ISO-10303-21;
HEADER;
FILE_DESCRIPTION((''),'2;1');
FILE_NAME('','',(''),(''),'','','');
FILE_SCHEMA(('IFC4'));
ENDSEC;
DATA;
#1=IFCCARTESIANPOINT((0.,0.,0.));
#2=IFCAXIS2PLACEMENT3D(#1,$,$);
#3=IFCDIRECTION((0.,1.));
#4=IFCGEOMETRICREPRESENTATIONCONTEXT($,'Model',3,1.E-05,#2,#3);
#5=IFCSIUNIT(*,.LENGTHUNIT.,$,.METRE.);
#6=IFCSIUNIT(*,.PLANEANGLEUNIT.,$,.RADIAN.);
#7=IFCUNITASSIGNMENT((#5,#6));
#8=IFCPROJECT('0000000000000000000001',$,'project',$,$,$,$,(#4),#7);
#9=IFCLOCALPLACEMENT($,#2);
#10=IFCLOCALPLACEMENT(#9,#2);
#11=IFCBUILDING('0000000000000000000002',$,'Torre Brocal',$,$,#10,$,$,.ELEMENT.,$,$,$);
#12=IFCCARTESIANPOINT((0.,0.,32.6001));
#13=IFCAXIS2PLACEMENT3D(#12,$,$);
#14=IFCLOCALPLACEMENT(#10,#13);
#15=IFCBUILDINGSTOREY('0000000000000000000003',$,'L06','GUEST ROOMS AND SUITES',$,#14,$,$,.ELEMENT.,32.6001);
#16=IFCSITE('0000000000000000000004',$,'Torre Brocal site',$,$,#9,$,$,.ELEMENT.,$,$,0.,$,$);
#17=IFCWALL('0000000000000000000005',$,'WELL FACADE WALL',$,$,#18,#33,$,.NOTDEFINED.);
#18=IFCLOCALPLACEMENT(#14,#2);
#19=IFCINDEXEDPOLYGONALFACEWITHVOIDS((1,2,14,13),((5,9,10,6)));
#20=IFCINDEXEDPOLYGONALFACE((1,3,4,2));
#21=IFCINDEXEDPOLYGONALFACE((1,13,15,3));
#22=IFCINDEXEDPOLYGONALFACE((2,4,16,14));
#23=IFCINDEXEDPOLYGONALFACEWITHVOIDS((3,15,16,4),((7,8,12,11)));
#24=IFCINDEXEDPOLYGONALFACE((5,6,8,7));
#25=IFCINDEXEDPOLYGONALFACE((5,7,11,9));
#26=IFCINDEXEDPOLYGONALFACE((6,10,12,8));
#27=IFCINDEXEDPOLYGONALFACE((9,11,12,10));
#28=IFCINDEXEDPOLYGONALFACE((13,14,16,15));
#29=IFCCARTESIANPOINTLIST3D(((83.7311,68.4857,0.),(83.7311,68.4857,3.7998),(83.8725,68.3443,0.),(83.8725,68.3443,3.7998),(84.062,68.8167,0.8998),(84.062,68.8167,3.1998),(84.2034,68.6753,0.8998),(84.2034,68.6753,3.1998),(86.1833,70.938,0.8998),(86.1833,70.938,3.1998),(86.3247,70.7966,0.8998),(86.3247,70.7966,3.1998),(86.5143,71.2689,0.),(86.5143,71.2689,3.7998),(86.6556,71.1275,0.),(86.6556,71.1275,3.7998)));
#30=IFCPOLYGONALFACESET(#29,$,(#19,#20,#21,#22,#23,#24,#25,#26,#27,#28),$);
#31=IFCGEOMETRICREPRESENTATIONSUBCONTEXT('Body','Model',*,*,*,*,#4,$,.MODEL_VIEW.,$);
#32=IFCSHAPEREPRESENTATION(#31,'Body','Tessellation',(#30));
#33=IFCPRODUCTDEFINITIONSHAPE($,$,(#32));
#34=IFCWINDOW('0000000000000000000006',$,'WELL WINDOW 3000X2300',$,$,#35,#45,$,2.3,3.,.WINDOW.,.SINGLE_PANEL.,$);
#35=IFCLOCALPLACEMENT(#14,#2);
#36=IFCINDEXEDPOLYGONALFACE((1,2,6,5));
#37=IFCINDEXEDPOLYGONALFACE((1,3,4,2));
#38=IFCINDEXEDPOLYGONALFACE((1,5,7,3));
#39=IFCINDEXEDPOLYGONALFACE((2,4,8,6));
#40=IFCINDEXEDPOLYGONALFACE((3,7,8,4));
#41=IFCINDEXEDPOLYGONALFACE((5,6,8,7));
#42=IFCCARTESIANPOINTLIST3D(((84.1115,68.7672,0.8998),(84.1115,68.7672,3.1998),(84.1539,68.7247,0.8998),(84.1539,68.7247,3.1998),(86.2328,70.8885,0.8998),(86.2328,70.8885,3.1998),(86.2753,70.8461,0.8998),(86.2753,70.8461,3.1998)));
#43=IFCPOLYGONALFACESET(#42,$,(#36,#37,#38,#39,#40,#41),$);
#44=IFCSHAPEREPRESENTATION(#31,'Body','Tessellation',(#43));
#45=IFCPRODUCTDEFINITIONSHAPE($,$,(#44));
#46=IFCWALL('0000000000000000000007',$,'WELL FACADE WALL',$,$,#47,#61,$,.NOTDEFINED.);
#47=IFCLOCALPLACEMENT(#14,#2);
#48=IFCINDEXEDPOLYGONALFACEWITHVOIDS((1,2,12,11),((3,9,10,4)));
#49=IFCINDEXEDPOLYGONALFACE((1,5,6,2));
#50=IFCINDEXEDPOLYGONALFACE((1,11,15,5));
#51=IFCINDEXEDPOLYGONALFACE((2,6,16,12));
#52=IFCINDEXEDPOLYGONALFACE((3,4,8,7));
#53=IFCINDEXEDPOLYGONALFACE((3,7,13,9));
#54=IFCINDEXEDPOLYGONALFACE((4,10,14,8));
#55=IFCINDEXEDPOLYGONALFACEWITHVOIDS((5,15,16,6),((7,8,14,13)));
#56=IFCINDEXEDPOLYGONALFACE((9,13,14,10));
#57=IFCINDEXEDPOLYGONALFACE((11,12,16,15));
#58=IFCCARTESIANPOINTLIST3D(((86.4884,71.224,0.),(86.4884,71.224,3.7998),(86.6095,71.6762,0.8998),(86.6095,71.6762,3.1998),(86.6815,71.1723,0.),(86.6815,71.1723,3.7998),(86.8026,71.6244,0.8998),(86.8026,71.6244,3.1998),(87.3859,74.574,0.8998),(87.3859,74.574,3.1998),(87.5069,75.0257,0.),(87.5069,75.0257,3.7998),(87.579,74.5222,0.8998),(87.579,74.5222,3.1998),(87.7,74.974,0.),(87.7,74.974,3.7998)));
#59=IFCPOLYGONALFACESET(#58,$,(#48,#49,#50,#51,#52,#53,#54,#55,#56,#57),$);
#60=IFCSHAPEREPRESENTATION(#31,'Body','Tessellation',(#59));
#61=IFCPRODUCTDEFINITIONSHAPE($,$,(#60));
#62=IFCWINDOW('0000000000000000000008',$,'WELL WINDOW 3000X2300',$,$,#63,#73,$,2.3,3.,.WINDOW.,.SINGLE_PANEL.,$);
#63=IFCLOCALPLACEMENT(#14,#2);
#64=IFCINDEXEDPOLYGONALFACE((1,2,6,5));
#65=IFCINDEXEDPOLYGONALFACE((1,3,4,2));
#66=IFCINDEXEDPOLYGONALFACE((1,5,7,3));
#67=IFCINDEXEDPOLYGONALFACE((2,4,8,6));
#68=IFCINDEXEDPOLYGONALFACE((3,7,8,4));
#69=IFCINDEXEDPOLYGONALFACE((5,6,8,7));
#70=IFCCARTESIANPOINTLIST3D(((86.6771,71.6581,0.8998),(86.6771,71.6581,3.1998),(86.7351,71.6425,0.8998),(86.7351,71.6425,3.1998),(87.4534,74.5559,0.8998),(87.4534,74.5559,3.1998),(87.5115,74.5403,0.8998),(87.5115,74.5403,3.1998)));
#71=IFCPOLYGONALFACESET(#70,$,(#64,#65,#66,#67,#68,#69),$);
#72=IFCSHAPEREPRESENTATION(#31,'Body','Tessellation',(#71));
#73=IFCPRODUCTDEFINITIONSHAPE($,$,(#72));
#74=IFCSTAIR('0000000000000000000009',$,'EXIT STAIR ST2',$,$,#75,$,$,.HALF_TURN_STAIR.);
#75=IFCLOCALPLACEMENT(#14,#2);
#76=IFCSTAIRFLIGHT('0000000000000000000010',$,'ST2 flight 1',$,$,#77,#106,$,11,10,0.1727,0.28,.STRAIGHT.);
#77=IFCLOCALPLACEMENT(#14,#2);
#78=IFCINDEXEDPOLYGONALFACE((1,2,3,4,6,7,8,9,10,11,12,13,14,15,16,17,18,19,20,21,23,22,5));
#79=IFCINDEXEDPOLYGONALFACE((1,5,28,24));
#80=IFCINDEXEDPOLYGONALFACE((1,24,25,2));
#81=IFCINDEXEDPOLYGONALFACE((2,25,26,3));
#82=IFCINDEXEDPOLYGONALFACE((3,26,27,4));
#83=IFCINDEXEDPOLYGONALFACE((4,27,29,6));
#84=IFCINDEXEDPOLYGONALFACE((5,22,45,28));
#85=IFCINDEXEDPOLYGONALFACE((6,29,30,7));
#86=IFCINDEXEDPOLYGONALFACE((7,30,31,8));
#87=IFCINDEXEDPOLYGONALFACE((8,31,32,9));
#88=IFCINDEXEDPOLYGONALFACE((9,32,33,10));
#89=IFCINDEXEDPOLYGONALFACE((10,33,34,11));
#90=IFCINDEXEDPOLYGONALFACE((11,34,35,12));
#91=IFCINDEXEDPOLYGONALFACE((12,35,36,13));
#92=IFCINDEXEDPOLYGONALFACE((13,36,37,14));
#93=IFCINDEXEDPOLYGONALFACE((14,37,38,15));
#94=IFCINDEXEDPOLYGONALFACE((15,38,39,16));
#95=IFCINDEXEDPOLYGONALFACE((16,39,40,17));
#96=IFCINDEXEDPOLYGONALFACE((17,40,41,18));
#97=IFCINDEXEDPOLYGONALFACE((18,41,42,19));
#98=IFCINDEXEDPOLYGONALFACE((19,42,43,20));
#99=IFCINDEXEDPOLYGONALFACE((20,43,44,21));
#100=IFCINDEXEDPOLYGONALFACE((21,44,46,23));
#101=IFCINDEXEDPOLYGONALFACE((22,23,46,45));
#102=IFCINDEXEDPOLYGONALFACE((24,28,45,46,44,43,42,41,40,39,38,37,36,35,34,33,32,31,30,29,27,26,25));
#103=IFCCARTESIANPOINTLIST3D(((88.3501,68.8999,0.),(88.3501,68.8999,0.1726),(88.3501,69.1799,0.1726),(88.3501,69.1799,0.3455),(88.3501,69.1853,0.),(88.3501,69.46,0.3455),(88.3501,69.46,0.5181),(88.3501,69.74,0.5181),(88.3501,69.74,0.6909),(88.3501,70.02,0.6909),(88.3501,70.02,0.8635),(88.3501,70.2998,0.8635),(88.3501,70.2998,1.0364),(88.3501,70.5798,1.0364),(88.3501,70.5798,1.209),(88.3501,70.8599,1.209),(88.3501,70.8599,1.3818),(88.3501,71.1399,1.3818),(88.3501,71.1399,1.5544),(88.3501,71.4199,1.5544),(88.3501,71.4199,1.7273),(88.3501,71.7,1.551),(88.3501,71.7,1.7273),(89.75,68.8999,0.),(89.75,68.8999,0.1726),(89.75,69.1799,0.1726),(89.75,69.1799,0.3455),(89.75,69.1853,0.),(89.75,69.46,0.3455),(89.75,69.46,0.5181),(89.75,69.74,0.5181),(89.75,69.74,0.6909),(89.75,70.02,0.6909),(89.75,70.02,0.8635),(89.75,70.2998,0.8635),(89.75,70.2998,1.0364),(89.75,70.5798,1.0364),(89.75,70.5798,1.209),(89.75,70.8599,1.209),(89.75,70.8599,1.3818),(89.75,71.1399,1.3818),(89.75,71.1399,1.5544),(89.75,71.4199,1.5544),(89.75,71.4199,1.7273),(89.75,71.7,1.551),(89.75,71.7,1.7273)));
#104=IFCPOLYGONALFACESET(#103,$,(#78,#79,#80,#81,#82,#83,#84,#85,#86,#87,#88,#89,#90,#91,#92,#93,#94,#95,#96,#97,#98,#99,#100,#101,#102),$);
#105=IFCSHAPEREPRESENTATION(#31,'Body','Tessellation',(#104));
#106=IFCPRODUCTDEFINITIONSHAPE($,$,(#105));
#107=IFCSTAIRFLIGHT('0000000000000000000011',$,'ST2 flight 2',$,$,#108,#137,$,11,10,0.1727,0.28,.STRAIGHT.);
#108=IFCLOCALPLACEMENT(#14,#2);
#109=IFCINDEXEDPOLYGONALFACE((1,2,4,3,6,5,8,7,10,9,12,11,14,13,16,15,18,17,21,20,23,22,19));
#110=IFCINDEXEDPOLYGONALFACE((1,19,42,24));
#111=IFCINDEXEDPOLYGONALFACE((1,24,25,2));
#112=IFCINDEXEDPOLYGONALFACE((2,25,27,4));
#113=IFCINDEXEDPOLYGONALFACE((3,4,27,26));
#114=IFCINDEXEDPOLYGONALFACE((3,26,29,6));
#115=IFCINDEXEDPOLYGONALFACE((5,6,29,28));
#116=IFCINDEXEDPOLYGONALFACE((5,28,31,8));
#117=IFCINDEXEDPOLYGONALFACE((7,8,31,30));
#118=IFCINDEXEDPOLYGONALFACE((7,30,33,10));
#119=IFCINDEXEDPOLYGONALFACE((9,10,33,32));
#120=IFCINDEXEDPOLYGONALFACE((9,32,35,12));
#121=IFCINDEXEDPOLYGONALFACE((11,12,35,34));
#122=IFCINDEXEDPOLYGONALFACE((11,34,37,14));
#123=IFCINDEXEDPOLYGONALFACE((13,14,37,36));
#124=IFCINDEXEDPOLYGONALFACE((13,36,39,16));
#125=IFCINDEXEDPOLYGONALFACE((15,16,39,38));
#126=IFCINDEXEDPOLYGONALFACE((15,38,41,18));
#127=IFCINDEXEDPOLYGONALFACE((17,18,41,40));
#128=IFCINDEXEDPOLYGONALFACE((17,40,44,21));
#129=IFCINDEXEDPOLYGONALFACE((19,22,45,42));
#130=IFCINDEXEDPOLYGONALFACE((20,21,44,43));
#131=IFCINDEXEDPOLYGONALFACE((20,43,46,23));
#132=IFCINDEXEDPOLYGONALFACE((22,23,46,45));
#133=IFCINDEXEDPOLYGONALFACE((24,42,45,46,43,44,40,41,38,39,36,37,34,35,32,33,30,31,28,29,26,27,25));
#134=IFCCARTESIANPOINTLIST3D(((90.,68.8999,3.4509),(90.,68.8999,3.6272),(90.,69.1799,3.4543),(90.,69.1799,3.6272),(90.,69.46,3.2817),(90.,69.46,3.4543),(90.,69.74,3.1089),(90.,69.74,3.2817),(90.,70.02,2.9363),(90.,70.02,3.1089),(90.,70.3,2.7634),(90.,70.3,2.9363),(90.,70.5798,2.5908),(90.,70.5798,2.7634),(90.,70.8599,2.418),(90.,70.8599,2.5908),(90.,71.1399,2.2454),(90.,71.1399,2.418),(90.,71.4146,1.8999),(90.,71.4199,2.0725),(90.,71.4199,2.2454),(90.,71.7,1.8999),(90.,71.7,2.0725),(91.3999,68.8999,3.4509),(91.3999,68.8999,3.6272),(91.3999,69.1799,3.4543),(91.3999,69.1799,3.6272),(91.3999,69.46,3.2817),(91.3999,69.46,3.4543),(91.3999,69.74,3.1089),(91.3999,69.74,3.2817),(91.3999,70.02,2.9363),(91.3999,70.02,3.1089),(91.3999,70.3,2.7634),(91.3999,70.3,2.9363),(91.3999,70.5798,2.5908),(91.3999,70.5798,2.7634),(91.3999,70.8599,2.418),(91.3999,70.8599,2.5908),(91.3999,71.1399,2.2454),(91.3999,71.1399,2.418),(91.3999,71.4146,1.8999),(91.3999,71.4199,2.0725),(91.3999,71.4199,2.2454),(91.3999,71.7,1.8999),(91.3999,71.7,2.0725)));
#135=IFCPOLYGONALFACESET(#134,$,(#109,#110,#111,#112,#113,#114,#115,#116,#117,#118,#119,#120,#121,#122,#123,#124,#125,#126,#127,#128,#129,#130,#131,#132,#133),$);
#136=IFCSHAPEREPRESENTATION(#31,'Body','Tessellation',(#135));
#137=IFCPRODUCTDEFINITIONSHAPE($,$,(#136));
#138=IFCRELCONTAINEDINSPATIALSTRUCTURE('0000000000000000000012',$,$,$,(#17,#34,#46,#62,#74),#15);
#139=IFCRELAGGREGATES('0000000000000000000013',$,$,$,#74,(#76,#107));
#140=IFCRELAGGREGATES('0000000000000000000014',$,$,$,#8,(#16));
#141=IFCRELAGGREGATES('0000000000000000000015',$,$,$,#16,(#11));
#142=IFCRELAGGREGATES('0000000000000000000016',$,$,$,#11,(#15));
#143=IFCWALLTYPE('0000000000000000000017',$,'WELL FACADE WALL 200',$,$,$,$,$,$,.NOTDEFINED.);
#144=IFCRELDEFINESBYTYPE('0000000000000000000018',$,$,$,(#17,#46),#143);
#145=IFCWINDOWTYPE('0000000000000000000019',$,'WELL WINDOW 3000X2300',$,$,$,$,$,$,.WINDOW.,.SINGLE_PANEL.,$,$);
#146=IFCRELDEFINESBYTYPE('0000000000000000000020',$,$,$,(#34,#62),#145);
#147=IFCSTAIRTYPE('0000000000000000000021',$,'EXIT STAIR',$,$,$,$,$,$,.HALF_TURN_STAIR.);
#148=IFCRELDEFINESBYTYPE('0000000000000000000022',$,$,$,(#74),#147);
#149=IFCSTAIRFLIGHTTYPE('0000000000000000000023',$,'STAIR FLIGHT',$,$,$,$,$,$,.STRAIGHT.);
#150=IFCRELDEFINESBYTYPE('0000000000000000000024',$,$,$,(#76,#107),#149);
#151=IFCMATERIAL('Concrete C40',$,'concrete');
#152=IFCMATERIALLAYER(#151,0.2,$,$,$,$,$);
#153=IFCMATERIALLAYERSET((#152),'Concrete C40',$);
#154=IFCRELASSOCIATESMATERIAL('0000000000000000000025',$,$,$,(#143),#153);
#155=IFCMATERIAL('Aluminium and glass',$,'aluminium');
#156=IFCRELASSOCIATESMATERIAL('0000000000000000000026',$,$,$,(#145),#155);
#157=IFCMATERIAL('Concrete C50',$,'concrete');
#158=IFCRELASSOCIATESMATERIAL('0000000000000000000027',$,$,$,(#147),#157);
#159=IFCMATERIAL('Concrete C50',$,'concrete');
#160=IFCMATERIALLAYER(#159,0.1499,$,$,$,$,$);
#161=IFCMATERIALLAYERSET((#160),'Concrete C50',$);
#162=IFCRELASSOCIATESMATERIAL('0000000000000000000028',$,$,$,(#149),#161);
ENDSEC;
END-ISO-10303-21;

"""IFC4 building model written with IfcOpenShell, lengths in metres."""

from ifc_helpers import new_model, si_unit, direction, frame, frame_2d, origin, place, context, subcontext, project, spatial, polyline, rectangle, outline, extrude, material, layer, layer_set, type_object, element, fill, aggregate, save


model = new_model("IFC4")

# Units and contexts
model_context = context("Model", 3, precision=1e-05, world=origin(), true_north=direction((0.0, 1.0)))
body_context = subcontext(model_context, "Body", "Model", "MODEL_VIEW")
ifc_project = project(units=[si_unit("LENGTHUNIT", "METRE"), si_unit("PLANEANGLEUNIT", "RADIAN")], contexts=[model_context])

# Site, building, storey
site_placement = place(None, origin())
site = spatial("IfcSite", under=ifc_project, at=site_placement, Name="Torre Brocal site", CompositionType="ELEMENT", RefElevation=0.0)
building_placement = place(site_placement, origin())
building = spatial("IfcBuilding", under=site, at=building_placement, Name="Torre Brocal", CompositionType="ELEMENT")
storey_placement = place(building_placement, frame((0.0, 0.0, 32.6001)))
storey = spatial("IfcBuildingStorey", under=building, at=storey_placement, Name="L06", Description="GUEST ROOMS AND SUITES", CompositionType="ELEMENT", Elevation=32.6001)

# Walls, openings, windows
ifc_material_1 = material(Name="Concrete C40", Category="concrete")
ifc_layer_1 = layer(ifc_material_1, 0.2)
ifc_layer_set_1 = layer_set([ifc_layer_1], Name="Concrete C40")
wall_type_1 = type_object("IfcWallType", Name="WELL FACADE WALL 200", PredefinedType="NOTDEFINED", material=ifc_layer_set_1)
ifc_material_2 = material(Name="Aluminium and glass", Category="aluminium")
window_type = type_object("IfcWindowType", Name="WELL WINDOW 3000X2300", PartitioningType="SINGLE_PANEL", PredefinedType="WINDOW", material=ifc_material_2)
wall_1_placement = place(storey_placement, frame((83.8018, 68.415, 0.0), z_axis=(0.0, 0.0, 1.0), x_axis=(0.707107, 0.707107, 0.0)))
wall_1 = element("IfcWall", 1, at=wall_1_placement, inside=storey, type_object=wall_type_1, Name="WELL FACADE WALL", PredefinedType="NOTDEFINED", context=body_context, shape_type="SweptSolid", body=[
    extrude(rectangle(XDim=3.936, YDim=0.2, at=frame_2d((1.968, 0.0))), origin(), (0.0, 0.0, 1.0), 3.7998),
])
opening_1_placement = place(wall_1_placement, frame((0.468, 0.0, 0.8999)))
opening_1 = element("IfcOpeningElement", 2, at=opening_1_placement, cuts=wall_1, PredefinedType="OPENING", context=body_context, shape_type="SweptSolid", body=[
    extrude(rectangle(XDim=3.0, YDim=2.3, at=frame_2d((1.5, 1.1499))), frame((0.0, 0.1099, 0.0), z_axis=(0.0, -1.0, 0.0), x_axis=(1.0, 0.0, 0.0)), (0.0, 0.0, 1.0), 0.22),
])
window_1_placement = place(opening_1_placement, origin())
window_1 = element("IfcWindow", 3, at=window_1_placement, inside=storey, type_object=window_type, Name="WELL WINDOW 3000X2300", OverallHeight=2.3, OverallWidth=3.0, PartitioningType="SINGLE_PANEL", PredefinedType="WINDOW", context=body_context, shape_type="SweptSolid", body=[
    extrude(rectangle(XDim=3.0, YDim=2.3, at=frame_2d((1.5, 1.1499))), frame((0.0, 0.03, 0.0), z_axis=(0.0, -1.0, 0.0), x_axis=(1.0, 0.0, 0.0)), (0.0, 0.0, 1.0), 0.0601),
])
fill(opening_1, window_1)
wall_2_placement = place(storey_placement, frame((86.585, 71.1982, 0.0), z_axis=(0.0, 0.0, 1.0), x_axis=(0.25879, 0.965934, 0.0)))
wall_2 = element("IfcWall", 4, at=wall_2_placement, inside=storey, type_object=wall_type_1, Name="WELL FACADE WALL", PredefinedType="NOTDEFINED", context=body_context, shape_type="SweptSolid", body=[
    extrude(rectangle(XDim=3.9358, YDim=0.2, at=frame_2d((1.9678, 0.0))), origin(), (0.0, 0.0, 1.0), 3.7998),
])
opening_2_placement = place(wall_2_placement, frame((0.468, 0.0, 0.8999)))
opening_2 = element("IfcOpeningElement", 5, at=opening_2_placement, cuts=wall_2, PredefinedType="OPENING", context=body_context, shape_type="SweptSolid", body=[
    extrude(rectangle(XDim=3.0, YDim=2.3, at=frame_2d((1.5, 1.1499))), frame((0.0, 0.1099, 0.0), z_axis=(0.0, -1.0, 0.0), x_axis=(1.0, 0.0, 0.0)), (0.0, 0.0, 1.0), 0.22),
])
window_2_placement = place(opening_2_placement, origin())
window_2 = element("IfcWindow", 6, at=window_2_placement, inside=storey, type_object=window_type, Name="WELL WINDOW 3000X2300", OverallHeight=2.3, OverallWidth=3.0, PartitioningType="SINGLE_PANEL", PredefinedType="WINDOW", context=body_context, shape_type="SweptSolid", body=[
    extrude(rectangle(XDim=3.0, YDim=2.3, at=frame_2d((1.5, 1.1499))), frame((0.0, 0.03, 0.0), z_axis=(0.0, -1.0, 0.0), x_axis=(1.0, 0.0, 0.0)), (0.0, 0.0, 1.0), 0.0601),
])
fill(opening_2, window_2)

# Stair, stair flights
ifc_material_3 = material(Name="Concrete C50", Category="concrete")
stair_type = type_object("IfcStairType", Name="EXIT STAIR", PredefinedType="HALF_TURN_STAIR", material=ifc_material_3)
stair_placement = place(storey_placement, origin())
stair = element("IfcStair", 7, at=stair_placement, inside=storey, type_object=stair_type, Name="EXIT STAIR ST2", PredefinedType="HALF_TURN_STAIR")
ifc_material_4 = material(Name="Concrete C50", Category="concrete")
ifc_layer_2 = layer(ifc_material_4, 0.1499)
ifc_layer_set_2 = layer_set([ifc_layer_2], Name="Concrete C50")
stair_flight_type = type_object("IfcStairFlightType", Name="STAIR FLIGHT", PredefinedType="STRAIGHT", material=ifc_layer_set_2)
stair_flight_1_placement = place(storey_placement, frame((89.05, 68.8999, 0.0), z_axis=(0.0, 0.0, 1.0), x_axis=(0.0, 1.0, 0.0)))
stair_flight_1 = element("IfcStairFlight", 8, at=stair_flight_1_placement, type_object=stair_flight_type, Name="ST2 flight 1", NumberOfRisers=11, NumberOfTreads=10, PredefinedType="STRAIGHT", RiserHeight=0.1727, TreadLength=0.28, context=body_context, shape_type="SweptSolid", body=[
    extrude(outline(polyline([(0.0, 0.0), (0.0, 0.1726), (0.28, 0.1726), (0.28, 0.3455), (0.5601, 0.3455), (0.5601, 0.5181), (0.8401, 0.5181), (0.8401, 0.6909), (1.1201, 0.6909), (1.1201, 0.8635), (1.3999, 0.8635), (1.3999, 1.0364), (1.6799, 1.0364), (1.6799, 1.209), (1.96, 1.209), (1.96, 1.3818), (2.24, 1.3818), (2.24, 1.5544), (2.52, 1.5544), (2.52, 1.7273), (2.8, 1.7273), (2.8, 1.8999), (2.8, 1.551), (0.2854, 0.0), (0.0, 0.0)])), frame((0.0, 0.7, 0.0), z_axis=(0.0, -1.0, 0.0), x_axis=(1.0, 0.0, 0.0)), (0.0, 0.0, 1.0), 1.3999),
])
stair_flight_2_placement = place(storey_placement, frame((90.7, 71.7, 1.8999), z_axis=(0.0, 0.0, 1.0), x_axis=(0.0, -1.0, 0.0)))
stair_flight_2 = element("IfcStairFlight", 9, at=stair_flight_2_placement, type_object=stair_flight_type, Name="ST2 flight 2", NumberOfRisers=11, NumberOfTreads=10, PredefinedType="STRAIGHT", RiserHeight=0.1727, TreadLength=0.28, context=body_context, shape_type="SweptSolid", body=[
    extrude(outline(polyline([(0.0, 0.0), (0.0, 0.1726), (0.28, 0.1726), (0.28, 0.3455), (0.5601, 0.3455), (0.5601, 0.5181), (0.8401, 0.5181), (0.8401, 0.6909), (1.1201, 0.6909), (1.1201, 0.8635), (1.3999, 0.8635), (1.3999, 1.0364), (1.6799, 1.0364), (1.6799, 1.209), (1.96, 1.209), (1.96, 1.3818), (2.24, 1.3818), (2.24, 1.5544), (2.52, 1.5544), (2.52, 1.7273), (2.8, 1.7273), (2.8, 1.8999), (2.8, 1.551), (0.2854, 0.0), (0.0, 0.0)])), frame((0.0, 0.7, 0.0), z_axis=(0.0, -1.0, 0.0), x_axis=(1.0, 0.0, 0.0)), (0.0, 0.0, 1.0), 1.3999),
])
aggregate(stair, [stair_flight_1, stair_flight_2])

save(model, "model.ifc")
